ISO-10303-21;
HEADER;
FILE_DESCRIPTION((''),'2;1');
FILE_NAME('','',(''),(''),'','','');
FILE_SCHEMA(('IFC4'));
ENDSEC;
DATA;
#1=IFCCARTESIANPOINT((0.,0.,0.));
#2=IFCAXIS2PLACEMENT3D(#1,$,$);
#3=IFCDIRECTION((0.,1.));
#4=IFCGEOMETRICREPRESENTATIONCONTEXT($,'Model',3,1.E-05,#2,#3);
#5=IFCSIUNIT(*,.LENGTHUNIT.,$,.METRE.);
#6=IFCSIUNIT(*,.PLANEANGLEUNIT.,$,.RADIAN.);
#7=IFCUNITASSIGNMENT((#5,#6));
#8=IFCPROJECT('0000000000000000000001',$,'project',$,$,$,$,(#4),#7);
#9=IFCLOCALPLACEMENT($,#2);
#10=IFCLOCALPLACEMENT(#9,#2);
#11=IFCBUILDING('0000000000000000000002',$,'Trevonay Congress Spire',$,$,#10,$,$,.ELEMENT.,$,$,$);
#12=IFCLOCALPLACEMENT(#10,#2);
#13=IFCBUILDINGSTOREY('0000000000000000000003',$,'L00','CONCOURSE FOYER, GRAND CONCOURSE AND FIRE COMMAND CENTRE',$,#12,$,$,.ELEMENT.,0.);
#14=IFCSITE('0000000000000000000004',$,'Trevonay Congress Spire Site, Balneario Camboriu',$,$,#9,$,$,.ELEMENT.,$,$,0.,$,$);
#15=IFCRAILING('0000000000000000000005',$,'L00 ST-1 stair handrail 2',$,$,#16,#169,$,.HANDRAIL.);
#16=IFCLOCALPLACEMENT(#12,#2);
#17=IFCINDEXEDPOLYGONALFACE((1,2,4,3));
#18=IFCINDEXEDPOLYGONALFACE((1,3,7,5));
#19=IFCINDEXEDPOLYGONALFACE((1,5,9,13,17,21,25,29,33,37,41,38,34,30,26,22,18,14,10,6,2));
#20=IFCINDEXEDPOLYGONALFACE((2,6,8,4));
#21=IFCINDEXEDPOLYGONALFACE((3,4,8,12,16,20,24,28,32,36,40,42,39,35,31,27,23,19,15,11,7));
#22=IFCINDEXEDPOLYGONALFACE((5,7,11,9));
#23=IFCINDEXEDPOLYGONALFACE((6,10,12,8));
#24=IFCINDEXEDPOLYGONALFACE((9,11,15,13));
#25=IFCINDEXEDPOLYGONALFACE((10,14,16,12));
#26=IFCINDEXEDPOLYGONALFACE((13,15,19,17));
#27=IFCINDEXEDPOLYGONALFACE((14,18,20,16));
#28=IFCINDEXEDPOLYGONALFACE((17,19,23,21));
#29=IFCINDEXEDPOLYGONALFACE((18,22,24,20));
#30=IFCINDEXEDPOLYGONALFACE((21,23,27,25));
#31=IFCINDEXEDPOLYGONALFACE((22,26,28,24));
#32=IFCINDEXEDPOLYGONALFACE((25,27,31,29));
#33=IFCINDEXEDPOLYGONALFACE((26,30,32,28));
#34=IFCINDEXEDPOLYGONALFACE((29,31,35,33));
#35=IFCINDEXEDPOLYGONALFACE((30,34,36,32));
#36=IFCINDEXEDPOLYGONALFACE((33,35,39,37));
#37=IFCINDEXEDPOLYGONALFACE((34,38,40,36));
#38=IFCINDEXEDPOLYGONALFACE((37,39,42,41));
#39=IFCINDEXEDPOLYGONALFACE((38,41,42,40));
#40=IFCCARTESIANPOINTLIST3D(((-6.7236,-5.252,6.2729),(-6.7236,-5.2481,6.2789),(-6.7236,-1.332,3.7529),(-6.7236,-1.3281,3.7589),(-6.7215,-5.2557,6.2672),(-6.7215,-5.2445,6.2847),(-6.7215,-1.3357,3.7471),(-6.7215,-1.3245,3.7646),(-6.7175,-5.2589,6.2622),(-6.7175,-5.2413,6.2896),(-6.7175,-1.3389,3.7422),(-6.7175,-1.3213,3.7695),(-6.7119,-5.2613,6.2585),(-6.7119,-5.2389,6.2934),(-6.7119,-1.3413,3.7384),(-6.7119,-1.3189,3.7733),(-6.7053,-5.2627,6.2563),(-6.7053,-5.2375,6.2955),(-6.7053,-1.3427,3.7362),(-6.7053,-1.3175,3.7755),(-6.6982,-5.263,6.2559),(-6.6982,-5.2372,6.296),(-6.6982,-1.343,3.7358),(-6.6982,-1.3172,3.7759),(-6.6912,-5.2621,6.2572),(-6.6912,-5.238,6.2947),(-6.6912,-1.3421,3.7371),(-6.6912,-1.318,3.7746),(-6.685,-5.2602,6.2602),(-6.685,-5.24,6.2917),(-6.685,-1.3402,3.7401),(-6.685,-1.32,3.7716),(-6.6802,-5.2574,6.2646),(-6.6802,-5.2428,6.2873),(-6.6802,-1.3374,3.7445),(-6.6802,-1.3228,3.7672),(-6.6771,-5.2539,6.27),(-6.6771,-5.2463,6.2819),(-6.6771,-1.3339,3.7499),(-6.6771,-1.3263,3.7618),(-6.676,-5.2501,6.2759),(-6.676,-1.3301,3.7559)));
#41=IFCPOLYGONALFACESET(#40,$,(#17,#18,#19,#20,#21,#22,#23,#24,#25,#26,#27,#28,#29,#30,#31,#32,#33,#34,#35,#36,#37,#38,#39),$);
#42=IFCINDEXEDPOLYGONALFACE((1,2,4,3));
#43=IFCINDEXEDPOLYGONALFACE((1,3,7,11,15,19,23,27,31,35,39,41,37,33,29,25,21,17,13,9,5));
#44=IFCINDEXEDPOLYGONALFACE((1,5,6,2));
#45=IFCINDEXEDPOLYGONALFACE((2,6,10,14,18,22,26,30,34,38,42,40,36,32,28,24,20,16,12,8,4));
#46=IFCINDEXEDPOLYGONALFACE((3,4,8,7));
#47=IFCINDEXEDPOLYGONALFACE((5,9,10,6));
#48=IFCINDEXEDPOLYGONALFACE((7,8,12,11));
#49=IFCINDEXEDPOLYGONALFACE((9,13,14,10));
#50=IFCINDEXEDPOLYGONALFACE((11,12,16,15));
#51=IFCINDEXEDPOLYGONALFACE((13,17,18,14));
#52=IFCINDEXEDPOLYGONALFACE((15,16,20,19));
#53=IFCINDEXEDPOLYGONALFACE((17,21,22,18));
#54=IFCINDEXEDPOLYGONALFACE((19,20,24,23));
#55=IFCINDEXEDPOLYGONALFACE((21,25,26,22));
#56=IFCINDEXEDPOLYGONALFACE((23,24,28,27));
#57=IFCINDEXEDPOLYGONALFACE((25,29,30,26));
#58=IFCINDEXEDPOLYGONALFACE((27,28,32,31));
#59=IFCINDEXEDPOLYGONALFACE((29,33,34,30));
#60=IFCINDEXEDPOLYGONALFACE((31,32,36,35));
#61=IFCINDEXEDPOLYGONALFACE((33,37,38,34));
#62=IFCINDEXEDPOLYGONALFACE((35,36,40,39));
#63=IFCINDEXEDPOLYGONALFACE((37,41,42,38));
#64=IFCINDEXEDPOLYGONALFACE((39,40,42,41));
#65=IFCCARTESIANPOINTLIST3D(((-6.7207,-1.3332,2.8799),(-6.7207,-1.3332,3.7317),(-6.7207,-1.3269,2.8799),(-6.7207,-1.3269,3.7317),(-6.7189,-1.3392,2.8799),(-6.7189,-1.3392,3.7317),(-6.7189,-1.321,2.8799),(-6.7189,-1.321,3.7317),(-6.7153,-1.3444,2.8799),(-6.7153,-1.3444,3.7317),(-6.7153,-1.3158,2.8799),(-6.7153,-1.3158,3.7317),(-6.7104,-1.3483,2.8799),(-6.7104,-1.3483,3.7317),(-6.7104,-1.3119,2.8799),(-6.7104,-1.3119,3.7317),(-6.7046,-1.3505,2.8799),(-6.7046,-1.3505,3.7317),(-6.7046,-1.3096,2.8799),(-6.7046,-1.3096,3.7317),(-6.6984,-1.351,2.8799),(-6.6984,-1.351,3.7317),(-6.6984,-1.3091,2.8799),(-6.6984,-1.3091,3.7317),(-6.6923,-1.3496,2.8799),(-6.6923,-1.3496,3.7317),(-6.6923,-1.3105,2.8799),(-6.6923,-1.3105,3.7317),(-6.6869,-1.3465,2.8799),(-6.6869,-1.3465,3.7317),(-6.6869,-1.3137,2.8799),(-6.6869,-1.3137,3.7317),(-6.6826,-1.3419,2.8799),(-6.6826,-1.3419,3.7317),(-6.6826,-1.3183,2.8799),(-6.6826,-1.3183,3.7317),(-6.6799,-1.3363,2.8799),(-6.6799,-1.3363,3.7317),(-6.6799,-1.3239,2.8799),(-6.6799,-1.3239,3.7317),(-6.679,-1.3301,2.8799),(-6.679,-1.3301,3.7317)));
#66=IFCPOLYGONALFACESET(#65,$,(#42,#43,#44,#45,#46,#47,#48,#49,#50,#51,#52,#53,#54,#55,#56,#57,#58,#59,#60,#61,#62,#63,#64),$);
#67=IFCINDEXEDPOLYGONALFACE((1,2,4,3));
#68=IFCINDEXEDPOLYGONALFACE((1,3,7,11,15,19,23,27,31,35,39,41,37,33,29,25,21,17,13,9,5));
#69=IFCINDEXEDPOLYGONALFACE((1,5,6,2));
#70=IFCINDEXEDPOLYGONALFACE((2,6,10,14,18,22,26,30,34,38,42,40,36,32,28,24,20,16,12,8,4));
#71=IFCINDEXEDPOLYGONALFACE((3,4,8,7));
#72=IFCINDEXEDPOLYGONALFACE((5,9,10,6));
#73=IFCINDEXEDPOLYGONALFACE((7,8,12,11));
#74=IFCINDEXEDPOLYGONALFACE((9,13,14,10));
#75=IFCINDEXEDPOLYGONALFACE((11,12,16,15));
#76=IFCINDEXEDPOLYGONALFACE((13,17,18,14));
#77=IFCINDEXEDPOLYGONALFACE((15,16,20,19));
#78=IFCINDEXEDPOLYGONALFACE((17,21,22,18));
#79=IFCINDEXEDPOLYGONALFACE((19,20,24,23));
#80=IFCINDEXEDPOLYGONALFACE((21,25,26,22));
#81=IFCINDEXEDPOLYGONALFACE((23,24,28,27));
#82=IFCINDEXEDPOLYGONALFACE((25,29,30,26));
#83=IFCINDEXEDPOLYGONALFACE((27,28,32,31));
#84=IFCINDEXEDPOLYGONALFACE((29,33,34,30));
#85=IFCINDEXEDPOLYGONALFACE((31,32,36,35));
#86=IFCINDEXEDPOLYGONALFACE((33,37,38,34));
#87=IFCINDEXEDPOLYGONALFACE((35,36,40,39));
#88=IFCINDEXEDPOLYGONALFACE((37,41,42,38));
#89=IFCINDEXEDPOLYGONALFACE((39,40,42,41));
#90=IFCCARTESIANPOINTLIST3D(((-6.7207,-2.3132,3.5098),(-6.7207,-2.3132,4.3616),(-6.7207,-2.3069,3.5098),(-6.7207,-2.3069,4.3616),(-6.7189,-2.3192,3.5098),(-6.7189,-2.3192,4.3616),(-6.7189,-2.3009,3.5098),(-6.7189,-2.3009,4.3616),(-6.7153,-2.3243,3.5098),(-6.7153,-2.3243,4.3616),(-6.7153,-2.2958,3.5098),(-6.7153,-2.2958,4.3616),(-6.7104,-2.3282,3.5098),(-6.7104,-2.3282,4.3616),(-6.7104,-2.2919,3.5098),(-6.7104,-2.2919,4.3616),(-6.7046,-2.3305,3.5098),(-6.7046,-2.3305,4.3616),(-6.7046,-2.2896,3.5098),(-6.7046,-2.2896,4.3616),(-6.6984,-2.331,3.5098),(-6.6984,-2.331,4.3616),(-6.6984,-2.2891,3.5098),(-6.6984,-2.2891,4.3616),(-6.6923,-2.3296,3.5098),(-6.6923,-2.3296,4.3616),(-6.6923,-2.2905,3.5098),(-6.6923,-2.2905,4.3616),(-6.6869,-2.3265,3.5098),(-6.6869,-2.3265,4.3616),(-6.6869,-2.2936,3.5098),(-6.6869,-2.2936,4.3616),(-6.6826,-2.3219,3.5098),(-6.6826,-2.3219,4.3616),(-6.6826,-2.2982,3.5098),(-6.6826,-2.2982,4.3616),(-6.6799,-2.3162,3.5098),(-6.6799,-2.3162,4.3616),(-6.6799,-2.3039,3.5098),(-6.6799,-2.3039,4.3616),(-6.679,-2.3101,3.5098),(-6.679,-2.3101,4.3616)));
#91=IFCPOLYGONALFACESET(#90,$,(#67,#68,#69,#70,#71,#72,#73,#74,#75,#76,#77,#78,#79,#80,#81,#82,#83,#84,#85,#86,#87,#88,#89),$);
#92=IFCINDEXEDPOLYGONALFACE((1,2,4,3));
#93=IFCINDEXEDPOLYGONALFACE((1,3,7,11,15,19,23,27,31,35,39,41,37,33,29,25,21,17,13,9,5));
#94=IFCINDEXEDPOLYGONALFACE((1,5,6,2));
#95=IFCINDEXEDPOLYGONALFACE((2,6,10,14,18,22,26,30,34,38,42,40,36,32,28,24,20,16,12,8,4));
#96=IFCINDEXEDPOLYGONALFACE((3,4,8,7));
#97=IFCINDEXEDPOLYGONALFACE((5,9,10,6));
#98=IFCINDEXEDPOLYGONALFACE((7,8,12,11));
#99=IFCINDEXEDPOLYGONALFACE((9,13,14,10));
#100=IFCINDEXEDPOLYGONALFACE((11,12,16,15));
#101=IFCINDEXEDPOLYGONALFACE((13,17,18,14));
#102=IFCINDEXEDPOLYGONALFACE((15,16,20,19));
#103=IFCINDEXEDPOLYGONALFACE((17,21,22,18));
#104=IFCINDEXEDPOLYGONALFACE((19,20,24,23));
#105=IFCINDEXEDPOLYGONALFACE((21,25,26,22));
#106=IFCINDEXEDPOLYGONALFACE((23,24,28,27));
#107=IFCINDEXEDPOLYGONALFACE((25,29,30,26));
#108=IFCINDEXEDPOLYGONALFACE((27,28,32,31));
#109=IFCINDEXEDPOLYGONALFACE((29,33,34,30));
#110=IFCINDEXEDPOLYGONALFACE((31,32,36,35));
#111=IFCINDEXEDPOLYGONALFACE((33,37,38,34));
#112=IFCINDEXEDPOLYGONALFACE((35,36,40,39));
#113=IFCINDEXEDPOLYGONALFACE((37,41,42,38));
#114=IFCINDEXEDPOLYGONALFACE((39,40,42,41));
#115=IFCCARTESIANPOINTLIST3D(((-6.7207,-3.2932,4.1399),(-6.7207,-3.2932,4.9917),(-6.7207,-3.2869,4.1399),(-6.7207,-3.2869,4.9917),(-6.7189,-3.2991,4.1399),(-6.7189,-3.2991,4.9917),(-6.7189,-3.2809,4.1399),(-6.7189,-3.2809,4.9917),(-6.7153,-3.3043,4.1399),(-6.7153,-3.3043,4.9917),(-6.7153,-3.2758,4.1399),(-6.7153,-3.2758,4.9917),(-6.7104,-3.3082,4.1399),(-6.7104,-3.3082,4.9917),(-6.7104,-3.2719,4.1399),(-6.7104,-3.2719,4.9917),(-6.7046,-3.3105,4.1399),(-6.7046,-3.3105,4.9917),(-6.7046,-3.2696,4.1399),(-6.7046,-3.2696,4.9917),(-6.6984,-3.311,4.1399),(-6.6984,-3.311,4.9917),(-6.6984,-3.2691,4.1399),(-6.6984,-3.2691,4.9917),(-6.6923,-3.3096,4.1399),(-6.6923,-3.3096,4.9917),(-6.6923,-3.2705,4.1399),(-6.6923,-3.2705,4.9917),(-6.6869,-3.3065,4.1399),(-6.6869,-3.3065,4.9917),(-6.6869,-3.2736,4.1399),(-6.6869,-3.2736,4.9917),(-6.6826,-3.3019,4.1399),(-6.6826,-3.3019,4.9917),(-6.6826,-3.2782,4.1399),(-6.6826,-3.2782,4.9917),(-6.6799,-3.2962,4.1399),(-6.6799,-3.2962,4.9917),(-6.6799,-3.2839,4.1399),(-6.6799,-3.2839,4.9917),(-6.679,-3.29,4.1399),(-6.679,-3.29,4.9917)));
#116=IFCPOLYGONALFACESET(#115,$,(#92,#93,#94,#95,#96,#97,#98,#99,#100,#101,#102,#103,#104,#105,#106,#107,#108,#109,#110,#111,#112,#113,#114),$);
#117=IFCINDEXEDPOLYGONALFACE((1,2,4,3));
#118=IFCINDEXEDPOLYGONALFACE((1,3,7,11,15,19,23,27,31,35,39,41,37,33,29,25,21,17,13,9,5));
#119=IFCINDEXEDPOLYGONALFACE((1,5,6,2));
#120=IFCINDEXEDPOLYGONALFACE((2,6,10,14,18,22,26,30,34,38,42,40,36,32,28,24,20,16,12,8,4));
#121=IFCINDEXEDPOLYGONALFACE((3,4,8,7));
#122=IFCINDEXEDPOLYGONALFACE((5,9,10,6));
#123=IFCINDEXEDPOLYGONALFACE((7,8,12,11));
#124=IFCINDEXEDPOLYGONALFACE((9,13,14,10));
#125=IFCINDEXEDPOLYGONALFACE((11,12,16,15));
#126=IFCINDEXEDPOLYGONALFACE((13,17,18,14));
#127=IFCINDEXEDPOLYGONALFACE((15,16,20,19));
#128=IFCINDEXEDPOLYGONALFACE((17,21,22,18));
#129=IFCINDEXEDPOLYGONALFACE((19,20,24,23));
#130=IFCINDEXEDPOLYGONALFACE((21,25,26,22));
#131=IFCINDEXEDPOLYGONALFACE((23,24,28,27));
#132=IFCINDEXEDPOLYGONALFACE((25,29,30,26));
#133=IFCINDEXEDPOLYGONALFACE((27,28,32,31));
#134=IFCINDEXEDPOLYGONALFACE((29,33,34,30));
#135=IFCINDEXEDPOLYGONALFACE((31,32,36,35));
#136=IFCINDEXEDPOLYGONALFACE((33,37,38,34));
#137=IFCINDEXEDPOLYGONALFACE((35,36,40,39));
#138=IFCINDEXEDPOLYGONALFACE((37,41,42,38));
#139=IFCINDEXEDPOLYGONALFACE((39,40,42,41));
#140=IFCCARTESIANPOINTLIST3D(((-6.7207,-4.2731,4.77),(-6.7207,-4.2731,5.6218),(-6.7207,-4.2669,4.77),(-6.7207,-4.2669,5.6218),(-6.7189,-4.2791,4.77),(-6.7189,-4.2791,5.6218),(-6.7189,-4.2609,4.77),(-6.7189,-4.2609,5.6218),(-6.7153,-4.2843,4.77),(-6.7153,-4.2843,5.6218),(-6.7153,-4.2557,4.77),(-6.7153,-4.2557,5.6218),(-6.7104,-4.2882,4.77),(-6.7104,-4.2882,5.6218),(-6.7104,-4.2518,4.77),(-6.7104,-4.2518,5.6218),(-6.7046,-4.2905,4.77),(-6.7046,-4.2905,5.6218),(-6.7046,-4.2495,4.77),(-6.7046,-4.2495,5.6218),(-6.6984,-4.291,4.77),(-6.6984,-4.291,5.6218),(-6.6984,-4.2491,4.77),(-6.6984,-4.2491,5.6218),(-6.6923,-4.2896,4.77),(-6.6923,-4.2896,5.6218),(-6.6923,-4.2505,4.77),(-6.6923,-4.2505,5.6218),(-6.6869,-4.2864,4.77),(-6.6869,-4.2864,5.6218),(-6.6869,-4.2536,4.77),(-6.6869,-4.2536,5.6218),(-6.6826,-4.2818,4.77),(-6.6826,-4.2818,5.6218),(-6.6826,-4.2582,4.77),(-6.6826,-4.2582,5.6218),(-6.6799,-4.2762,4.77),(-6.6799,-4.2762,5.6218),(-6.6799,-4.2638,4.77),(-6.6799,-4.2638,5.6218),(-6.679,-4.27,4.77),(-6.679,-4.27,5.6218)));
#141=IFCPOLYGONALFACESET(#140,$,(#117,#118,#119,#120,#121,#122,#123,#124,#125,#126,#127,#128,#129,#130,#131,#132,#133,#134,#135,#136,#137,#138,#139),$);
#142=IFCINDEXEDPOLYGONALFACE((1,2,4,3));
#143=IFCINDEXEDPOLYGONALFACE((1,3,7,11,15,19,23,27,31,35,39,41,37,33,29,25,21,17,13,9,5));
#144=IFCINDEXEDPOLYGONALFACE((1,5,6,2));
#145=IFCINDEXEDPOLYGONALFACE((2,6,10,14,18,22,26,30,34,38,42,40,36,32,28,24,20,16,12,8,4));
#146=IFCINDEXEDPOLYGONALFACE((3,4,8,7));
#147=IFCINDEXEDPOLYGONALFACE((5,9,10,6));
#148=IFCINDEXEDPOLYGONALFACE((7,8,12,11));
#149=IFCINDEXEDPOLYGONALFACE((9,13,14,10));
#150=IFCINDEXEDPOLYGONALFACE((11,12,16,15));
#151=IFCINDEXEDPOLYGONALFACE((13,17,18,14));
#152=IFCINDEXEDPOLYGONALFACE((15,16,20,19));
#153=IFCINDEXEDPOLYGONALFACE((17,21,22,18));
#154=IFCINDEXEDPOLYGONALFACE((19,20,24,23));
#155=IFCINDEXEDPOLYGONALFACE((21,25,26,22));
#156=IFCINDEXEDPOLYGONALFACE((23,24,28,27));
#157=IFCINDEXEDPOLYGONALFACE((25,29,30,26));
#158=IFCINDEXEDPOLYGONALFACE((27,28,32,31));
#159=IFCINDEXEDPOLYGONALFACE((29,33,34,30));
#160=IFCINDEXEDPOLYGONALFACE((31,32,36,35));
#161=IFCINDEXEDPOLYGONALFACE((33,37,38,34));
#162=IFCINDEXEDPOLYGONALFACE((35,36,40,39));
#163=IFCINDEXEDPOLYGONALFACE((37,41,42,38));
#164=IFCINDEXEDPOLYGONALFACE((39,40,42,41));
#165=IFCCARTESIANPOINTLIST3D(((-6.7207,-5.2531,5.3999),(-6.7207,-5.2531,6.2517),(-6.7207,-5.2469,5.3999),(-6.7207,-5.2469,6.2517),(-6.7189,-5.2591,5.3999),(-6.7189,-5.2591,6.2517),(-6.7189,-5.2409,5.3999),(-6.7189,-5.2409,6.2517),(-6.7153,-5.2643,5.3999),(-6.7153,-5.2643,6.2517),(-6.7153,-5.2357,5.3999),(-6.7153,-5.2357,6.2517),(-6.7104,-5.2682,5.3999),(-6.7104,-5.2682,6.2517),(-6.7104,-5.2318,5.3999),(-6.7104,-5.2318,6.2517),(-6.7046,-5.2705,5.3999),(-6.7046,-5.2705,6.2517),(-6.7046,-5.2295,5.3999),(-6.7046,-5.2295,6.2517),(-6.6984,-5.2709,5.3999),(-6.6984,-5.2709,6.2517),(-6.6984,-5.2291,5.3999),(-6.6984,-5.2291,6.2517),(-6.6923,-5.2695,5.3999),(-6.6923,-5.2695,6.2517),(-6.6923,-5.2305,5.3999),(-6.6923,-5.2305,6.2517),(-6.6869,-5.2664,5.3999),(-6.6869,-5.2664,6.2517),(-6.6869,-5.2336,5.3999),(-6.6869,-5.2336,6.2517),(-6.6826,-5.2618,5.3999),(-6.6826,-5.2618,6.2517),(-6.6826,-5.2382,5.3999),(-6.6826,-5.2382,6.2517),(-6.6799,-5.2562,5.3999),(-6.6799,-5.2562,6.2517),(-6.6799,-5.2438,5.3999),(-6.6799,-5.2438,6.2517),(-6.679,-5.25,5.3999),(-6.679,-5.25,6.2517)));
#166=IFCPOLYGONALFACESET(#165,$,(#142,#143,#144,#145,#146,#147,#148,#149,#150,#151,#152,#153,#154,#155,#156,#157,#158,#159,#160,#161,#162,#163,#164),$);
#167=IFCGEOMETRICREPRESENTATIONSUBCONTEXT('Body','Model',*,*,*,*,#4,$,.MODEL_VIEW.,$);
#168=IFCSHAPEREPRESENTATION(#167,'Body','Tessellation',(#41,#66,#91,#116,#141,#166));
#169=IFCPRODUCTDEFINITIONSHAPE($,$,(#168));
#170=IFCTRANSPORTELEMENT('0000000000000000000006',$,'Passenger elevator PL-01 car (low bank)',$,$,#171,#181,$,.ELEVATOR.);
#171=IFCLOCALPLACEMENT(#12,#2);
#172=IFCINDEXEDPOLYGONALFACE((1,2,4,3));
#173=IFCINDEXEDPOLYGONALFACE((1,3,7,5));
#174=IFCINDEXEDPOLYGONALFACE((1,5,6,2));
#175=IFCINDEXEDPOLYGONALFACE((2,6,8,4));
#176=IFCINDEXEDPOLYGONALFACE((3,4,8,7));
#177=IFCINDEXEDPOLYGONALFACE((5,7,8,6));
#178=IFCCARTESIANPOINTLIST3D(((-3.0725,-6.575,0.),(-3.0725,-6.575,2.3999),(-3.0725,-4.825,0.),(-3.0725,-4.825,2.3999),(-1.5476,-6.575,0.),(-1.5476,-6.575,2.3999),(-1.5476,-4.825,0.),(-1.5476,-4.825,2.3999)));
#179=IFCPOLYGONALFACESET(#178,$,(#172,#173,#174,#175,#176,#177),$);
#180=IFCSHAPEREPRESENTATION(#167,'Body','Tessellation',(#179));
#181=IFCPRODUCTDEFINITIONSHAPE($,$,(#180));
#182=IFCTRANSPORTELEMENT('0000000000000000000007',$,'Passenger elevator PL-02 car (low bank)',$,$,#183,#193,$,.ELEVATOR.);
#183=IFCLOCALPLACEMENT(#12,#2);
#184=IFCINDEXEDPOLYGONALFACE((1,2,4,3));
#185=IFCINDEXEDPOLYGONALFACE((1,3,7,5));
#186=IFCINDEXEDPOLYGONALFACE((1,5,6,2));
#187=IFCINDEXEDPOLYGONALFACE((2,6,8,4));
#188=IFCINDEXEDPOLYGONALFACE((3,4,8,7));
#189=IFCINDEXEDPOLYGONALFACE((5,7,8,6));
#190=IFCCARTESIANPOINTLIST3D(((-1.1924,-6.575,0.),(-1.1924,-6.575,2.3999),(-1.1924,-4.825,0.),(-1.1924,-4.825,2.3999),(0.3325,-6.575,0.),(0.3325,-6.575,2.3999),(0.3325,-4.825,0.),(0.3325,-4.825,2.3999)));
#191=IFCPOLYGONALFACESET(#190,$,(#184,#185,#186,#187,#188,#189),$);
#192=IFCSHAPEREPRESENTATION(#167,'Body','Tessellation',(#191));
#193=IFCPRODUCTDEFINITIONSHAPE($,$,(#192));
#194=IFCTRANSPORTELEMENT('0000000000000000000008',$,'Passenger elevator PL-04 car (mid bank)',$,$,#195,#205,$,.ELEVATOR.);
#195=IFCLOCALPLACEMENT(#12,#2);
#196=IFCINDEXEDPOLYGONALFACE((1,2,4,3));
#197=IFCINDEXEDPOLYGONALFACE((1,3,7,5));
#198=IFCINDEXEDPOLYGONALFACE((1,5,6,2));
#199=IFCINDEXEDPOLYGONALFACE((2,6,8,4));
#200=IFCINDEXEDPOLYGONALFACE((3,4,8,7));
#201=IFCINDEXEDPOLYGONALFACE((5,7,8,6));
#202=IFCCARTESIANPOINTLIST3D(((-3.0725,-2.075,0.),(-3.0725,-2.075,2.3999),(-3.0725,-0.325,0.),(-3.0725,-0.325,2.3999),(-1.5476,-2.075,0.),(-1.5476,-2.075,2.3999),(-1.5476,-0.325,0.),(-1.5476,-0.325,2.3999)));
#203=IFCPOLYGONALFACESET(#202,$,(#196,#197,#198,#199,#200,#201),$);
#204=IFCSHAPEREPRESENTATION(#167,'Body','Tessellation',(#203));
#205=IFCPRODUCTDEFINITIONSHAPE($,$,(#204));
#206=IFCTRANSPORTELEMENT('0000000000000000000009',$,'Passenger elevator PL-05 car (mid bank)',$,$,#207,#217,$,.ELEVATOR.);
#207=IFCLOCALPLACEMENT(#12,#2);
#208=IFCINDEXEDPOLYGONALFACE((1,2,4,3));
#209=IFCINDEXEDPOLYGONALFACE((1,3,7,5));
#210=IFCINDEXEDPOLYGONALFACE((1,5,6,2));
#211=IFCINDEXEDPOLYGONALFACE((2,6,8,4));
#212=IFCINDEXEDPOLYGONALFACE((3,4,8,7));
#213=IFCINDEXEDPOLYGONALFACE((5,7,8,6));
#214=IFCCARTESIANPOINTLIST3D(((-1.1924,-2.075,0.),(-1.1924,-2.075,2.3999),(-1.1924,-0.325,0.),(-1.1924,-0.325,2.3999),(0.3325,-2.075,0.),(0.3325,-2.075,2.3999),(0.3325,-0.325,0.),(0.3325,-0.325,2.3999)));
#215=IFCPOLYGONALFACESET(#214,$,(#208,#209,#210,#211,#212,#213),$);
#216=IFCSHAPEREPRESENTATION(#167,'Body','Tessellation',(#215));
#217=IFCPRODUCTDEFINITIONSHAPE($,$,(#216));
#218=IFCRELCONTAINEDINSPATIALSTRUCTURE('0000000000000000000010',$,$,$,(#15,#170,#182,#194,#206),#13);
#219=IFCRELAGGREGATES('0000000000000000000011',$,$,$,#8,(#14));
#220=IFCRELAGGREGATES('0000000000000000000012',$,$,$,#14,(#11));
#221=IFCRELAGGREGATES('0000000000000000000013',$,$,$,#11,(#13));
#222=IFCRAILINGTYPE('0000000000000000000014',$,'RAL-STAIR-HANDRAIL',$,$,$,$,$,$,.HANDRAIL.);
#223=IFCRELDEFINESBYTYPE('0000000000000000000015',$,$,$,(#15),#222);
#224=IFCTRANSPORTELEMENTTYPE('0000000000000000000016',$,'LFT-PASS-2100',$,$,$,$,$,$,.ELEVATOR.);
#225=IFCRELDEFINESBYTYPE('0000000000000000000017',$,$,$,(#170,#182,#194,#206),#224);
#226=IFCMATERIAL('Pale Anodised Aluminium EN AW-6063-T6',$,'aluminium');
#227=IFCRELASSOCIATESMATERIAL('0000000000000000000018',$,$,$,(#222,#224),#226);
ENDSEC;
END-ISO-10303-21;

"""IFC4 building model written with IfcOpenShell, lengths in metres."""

from ifc_helpers import new_model, si_unit, direction, frame, origin, origin_2d, place, context, subcontext, project, spatial, rectangle, circle, extrude, material, type_object, element, save


model = new_model("IFC4")

# Units and contexts
model_context = context("Model", 3, precision=1e-05, world=origin(), true_north=direction((0.0, 1.0)))
body_context = subcontext(model_context, "Body", "Model", "MODEL_VIEW")
ifc_project = project(units=[si_unit("LENGTHUNIT", "METRE"), si_unit("PLANEANGLEUNIT", "RADIAN")], contexts=[model_context])

# Site, building, storey
site_placement = place(None, origin())
site = spatial("IfcSite", under=ifc_project, at=site_placement, Name="Trevonay Congress Spire Site, Balneario Camboriu", CompositionType="ELEMENT", RefElevation=0.0)
building_placement = place(site_placement, origin())
building = spatial("IfcBuilding", under=site, at=building_placement, Name="Trevonay Congress Spire", CompositionType="ELEMENT")
storey_placement = place(building_placement, origin())
storey = spatial("IfcBuildingStorey", under=building, at=storey_placement, Name="L00", Description="CONCOURSE FOYER, GRAND CONCOURSE AND FIRE COMMAND CENTRE", CompositionType="ELEMENT", Elevation=0.0)

# Railing
ifc_material_1 = material(Name="Pale Anodised Aluminium EN AW-6063-T6", Category="aluminium")
railing_type_1 = type_object("IfcRailingType", Name="RAL-STAIR-HANDRAIL", PredefinedType="HANDRAIL", material=ifc_material_1)
railing_1_placement = place(storey_placement, frame((-6.7, -1.3301, 2.8799)))
element("IfcRailing", 1, at=railing_1_placement, inside=storey, type_object=railing_type_1, Name="L00 ST-1 stair handrail 2", PredefinedType="HANDRAIL", context=body_context, shape_type="SweptSolid", body=[
    extrude(circle(Radius=0.0239, at=origin_2d()), frame((0.0, 0.0, 0.876), z_axis=(0.0, -0.841172, 0.540768), x_axis=(1.0, 0.0, 0.0)), (0.0, 0.0, 1.0), 4.6602),
    extrude(circle(Radius=0.021, at=origin_2d()), origin(), (0.0, 0.0, 1.0), 0.8518),
    extrude(circle(Radius=0.021, at=origin_2d()), frame((0.0, -0.98, 0.6299)), (0.0, 0.0, 1.0), 0.8518),
    extrude(circle(Radius=0.021, at=origin_2d()), frame((0.0, -1.96, 1.26)), (0.0, 0.0, 1.0), 0.8518),
    extrude(circle(Radius=0.021, at=origin_2d()), frame((0.0, -2.9399, 1.8901)), (0.0, 0.0, 1.0), 0.8518),
    extrude(circle(Radius=0.021, at=origin_2d()), frame((0.0, -3.9199, 2.52)), (0.0, 0.0, 1.0), 0.8518),
])

# Transport elements
transport_element_type = type_object("IfcTransportElementType", Name="LFT-PASS-2100", PredefinedType="ELEVATOR", material=ifc_material_1)
for number, where, z_axis, x_axis, name in (
    (2, (-2.3101, -5.7, 0.0), (0.0, 0.0, 1.0), (1.0, 0.0, 0.0), "Passenger elevator PL-01 car (low bank)"),
    (3, (-0.4299, -5.7, 0.0), (0.0, 0.0, 1.0), (1.0, 0.0, 0.0), "Passenger elevator PL-02 car (low bank)"),
    (4, (-2.3101, -1.2, 0.0), (0.0, 0.0, 1.0), (1.0, 0.0, 0.0), "Passenger elevator PL-04 car (mid bank)"),
    (5, (-0.4299, -1.2, 0.0), (0.0, 0.0, 1.0), (1.0, 0.0, 0.0), "Passenger elevator PL-05 car (mid bank)"),
):
    element("IfcTransportElement", number, at=place(storey_placement, frame(where, z_axis=z_axis, x_axis=x_axis)), inside=storey, type_object=transport_element_type, Name=name, PredefinedType="ELEVATOR", context=body_context, shape_type="SweptSolid", body=[
        extrude(rectangle(XDim=1.5249, YDim=1.75, at=origin_2d()), origin(), (0.0, 0.0, 1.0), 2.3999),
    ])

save(model, "model.ifc")
